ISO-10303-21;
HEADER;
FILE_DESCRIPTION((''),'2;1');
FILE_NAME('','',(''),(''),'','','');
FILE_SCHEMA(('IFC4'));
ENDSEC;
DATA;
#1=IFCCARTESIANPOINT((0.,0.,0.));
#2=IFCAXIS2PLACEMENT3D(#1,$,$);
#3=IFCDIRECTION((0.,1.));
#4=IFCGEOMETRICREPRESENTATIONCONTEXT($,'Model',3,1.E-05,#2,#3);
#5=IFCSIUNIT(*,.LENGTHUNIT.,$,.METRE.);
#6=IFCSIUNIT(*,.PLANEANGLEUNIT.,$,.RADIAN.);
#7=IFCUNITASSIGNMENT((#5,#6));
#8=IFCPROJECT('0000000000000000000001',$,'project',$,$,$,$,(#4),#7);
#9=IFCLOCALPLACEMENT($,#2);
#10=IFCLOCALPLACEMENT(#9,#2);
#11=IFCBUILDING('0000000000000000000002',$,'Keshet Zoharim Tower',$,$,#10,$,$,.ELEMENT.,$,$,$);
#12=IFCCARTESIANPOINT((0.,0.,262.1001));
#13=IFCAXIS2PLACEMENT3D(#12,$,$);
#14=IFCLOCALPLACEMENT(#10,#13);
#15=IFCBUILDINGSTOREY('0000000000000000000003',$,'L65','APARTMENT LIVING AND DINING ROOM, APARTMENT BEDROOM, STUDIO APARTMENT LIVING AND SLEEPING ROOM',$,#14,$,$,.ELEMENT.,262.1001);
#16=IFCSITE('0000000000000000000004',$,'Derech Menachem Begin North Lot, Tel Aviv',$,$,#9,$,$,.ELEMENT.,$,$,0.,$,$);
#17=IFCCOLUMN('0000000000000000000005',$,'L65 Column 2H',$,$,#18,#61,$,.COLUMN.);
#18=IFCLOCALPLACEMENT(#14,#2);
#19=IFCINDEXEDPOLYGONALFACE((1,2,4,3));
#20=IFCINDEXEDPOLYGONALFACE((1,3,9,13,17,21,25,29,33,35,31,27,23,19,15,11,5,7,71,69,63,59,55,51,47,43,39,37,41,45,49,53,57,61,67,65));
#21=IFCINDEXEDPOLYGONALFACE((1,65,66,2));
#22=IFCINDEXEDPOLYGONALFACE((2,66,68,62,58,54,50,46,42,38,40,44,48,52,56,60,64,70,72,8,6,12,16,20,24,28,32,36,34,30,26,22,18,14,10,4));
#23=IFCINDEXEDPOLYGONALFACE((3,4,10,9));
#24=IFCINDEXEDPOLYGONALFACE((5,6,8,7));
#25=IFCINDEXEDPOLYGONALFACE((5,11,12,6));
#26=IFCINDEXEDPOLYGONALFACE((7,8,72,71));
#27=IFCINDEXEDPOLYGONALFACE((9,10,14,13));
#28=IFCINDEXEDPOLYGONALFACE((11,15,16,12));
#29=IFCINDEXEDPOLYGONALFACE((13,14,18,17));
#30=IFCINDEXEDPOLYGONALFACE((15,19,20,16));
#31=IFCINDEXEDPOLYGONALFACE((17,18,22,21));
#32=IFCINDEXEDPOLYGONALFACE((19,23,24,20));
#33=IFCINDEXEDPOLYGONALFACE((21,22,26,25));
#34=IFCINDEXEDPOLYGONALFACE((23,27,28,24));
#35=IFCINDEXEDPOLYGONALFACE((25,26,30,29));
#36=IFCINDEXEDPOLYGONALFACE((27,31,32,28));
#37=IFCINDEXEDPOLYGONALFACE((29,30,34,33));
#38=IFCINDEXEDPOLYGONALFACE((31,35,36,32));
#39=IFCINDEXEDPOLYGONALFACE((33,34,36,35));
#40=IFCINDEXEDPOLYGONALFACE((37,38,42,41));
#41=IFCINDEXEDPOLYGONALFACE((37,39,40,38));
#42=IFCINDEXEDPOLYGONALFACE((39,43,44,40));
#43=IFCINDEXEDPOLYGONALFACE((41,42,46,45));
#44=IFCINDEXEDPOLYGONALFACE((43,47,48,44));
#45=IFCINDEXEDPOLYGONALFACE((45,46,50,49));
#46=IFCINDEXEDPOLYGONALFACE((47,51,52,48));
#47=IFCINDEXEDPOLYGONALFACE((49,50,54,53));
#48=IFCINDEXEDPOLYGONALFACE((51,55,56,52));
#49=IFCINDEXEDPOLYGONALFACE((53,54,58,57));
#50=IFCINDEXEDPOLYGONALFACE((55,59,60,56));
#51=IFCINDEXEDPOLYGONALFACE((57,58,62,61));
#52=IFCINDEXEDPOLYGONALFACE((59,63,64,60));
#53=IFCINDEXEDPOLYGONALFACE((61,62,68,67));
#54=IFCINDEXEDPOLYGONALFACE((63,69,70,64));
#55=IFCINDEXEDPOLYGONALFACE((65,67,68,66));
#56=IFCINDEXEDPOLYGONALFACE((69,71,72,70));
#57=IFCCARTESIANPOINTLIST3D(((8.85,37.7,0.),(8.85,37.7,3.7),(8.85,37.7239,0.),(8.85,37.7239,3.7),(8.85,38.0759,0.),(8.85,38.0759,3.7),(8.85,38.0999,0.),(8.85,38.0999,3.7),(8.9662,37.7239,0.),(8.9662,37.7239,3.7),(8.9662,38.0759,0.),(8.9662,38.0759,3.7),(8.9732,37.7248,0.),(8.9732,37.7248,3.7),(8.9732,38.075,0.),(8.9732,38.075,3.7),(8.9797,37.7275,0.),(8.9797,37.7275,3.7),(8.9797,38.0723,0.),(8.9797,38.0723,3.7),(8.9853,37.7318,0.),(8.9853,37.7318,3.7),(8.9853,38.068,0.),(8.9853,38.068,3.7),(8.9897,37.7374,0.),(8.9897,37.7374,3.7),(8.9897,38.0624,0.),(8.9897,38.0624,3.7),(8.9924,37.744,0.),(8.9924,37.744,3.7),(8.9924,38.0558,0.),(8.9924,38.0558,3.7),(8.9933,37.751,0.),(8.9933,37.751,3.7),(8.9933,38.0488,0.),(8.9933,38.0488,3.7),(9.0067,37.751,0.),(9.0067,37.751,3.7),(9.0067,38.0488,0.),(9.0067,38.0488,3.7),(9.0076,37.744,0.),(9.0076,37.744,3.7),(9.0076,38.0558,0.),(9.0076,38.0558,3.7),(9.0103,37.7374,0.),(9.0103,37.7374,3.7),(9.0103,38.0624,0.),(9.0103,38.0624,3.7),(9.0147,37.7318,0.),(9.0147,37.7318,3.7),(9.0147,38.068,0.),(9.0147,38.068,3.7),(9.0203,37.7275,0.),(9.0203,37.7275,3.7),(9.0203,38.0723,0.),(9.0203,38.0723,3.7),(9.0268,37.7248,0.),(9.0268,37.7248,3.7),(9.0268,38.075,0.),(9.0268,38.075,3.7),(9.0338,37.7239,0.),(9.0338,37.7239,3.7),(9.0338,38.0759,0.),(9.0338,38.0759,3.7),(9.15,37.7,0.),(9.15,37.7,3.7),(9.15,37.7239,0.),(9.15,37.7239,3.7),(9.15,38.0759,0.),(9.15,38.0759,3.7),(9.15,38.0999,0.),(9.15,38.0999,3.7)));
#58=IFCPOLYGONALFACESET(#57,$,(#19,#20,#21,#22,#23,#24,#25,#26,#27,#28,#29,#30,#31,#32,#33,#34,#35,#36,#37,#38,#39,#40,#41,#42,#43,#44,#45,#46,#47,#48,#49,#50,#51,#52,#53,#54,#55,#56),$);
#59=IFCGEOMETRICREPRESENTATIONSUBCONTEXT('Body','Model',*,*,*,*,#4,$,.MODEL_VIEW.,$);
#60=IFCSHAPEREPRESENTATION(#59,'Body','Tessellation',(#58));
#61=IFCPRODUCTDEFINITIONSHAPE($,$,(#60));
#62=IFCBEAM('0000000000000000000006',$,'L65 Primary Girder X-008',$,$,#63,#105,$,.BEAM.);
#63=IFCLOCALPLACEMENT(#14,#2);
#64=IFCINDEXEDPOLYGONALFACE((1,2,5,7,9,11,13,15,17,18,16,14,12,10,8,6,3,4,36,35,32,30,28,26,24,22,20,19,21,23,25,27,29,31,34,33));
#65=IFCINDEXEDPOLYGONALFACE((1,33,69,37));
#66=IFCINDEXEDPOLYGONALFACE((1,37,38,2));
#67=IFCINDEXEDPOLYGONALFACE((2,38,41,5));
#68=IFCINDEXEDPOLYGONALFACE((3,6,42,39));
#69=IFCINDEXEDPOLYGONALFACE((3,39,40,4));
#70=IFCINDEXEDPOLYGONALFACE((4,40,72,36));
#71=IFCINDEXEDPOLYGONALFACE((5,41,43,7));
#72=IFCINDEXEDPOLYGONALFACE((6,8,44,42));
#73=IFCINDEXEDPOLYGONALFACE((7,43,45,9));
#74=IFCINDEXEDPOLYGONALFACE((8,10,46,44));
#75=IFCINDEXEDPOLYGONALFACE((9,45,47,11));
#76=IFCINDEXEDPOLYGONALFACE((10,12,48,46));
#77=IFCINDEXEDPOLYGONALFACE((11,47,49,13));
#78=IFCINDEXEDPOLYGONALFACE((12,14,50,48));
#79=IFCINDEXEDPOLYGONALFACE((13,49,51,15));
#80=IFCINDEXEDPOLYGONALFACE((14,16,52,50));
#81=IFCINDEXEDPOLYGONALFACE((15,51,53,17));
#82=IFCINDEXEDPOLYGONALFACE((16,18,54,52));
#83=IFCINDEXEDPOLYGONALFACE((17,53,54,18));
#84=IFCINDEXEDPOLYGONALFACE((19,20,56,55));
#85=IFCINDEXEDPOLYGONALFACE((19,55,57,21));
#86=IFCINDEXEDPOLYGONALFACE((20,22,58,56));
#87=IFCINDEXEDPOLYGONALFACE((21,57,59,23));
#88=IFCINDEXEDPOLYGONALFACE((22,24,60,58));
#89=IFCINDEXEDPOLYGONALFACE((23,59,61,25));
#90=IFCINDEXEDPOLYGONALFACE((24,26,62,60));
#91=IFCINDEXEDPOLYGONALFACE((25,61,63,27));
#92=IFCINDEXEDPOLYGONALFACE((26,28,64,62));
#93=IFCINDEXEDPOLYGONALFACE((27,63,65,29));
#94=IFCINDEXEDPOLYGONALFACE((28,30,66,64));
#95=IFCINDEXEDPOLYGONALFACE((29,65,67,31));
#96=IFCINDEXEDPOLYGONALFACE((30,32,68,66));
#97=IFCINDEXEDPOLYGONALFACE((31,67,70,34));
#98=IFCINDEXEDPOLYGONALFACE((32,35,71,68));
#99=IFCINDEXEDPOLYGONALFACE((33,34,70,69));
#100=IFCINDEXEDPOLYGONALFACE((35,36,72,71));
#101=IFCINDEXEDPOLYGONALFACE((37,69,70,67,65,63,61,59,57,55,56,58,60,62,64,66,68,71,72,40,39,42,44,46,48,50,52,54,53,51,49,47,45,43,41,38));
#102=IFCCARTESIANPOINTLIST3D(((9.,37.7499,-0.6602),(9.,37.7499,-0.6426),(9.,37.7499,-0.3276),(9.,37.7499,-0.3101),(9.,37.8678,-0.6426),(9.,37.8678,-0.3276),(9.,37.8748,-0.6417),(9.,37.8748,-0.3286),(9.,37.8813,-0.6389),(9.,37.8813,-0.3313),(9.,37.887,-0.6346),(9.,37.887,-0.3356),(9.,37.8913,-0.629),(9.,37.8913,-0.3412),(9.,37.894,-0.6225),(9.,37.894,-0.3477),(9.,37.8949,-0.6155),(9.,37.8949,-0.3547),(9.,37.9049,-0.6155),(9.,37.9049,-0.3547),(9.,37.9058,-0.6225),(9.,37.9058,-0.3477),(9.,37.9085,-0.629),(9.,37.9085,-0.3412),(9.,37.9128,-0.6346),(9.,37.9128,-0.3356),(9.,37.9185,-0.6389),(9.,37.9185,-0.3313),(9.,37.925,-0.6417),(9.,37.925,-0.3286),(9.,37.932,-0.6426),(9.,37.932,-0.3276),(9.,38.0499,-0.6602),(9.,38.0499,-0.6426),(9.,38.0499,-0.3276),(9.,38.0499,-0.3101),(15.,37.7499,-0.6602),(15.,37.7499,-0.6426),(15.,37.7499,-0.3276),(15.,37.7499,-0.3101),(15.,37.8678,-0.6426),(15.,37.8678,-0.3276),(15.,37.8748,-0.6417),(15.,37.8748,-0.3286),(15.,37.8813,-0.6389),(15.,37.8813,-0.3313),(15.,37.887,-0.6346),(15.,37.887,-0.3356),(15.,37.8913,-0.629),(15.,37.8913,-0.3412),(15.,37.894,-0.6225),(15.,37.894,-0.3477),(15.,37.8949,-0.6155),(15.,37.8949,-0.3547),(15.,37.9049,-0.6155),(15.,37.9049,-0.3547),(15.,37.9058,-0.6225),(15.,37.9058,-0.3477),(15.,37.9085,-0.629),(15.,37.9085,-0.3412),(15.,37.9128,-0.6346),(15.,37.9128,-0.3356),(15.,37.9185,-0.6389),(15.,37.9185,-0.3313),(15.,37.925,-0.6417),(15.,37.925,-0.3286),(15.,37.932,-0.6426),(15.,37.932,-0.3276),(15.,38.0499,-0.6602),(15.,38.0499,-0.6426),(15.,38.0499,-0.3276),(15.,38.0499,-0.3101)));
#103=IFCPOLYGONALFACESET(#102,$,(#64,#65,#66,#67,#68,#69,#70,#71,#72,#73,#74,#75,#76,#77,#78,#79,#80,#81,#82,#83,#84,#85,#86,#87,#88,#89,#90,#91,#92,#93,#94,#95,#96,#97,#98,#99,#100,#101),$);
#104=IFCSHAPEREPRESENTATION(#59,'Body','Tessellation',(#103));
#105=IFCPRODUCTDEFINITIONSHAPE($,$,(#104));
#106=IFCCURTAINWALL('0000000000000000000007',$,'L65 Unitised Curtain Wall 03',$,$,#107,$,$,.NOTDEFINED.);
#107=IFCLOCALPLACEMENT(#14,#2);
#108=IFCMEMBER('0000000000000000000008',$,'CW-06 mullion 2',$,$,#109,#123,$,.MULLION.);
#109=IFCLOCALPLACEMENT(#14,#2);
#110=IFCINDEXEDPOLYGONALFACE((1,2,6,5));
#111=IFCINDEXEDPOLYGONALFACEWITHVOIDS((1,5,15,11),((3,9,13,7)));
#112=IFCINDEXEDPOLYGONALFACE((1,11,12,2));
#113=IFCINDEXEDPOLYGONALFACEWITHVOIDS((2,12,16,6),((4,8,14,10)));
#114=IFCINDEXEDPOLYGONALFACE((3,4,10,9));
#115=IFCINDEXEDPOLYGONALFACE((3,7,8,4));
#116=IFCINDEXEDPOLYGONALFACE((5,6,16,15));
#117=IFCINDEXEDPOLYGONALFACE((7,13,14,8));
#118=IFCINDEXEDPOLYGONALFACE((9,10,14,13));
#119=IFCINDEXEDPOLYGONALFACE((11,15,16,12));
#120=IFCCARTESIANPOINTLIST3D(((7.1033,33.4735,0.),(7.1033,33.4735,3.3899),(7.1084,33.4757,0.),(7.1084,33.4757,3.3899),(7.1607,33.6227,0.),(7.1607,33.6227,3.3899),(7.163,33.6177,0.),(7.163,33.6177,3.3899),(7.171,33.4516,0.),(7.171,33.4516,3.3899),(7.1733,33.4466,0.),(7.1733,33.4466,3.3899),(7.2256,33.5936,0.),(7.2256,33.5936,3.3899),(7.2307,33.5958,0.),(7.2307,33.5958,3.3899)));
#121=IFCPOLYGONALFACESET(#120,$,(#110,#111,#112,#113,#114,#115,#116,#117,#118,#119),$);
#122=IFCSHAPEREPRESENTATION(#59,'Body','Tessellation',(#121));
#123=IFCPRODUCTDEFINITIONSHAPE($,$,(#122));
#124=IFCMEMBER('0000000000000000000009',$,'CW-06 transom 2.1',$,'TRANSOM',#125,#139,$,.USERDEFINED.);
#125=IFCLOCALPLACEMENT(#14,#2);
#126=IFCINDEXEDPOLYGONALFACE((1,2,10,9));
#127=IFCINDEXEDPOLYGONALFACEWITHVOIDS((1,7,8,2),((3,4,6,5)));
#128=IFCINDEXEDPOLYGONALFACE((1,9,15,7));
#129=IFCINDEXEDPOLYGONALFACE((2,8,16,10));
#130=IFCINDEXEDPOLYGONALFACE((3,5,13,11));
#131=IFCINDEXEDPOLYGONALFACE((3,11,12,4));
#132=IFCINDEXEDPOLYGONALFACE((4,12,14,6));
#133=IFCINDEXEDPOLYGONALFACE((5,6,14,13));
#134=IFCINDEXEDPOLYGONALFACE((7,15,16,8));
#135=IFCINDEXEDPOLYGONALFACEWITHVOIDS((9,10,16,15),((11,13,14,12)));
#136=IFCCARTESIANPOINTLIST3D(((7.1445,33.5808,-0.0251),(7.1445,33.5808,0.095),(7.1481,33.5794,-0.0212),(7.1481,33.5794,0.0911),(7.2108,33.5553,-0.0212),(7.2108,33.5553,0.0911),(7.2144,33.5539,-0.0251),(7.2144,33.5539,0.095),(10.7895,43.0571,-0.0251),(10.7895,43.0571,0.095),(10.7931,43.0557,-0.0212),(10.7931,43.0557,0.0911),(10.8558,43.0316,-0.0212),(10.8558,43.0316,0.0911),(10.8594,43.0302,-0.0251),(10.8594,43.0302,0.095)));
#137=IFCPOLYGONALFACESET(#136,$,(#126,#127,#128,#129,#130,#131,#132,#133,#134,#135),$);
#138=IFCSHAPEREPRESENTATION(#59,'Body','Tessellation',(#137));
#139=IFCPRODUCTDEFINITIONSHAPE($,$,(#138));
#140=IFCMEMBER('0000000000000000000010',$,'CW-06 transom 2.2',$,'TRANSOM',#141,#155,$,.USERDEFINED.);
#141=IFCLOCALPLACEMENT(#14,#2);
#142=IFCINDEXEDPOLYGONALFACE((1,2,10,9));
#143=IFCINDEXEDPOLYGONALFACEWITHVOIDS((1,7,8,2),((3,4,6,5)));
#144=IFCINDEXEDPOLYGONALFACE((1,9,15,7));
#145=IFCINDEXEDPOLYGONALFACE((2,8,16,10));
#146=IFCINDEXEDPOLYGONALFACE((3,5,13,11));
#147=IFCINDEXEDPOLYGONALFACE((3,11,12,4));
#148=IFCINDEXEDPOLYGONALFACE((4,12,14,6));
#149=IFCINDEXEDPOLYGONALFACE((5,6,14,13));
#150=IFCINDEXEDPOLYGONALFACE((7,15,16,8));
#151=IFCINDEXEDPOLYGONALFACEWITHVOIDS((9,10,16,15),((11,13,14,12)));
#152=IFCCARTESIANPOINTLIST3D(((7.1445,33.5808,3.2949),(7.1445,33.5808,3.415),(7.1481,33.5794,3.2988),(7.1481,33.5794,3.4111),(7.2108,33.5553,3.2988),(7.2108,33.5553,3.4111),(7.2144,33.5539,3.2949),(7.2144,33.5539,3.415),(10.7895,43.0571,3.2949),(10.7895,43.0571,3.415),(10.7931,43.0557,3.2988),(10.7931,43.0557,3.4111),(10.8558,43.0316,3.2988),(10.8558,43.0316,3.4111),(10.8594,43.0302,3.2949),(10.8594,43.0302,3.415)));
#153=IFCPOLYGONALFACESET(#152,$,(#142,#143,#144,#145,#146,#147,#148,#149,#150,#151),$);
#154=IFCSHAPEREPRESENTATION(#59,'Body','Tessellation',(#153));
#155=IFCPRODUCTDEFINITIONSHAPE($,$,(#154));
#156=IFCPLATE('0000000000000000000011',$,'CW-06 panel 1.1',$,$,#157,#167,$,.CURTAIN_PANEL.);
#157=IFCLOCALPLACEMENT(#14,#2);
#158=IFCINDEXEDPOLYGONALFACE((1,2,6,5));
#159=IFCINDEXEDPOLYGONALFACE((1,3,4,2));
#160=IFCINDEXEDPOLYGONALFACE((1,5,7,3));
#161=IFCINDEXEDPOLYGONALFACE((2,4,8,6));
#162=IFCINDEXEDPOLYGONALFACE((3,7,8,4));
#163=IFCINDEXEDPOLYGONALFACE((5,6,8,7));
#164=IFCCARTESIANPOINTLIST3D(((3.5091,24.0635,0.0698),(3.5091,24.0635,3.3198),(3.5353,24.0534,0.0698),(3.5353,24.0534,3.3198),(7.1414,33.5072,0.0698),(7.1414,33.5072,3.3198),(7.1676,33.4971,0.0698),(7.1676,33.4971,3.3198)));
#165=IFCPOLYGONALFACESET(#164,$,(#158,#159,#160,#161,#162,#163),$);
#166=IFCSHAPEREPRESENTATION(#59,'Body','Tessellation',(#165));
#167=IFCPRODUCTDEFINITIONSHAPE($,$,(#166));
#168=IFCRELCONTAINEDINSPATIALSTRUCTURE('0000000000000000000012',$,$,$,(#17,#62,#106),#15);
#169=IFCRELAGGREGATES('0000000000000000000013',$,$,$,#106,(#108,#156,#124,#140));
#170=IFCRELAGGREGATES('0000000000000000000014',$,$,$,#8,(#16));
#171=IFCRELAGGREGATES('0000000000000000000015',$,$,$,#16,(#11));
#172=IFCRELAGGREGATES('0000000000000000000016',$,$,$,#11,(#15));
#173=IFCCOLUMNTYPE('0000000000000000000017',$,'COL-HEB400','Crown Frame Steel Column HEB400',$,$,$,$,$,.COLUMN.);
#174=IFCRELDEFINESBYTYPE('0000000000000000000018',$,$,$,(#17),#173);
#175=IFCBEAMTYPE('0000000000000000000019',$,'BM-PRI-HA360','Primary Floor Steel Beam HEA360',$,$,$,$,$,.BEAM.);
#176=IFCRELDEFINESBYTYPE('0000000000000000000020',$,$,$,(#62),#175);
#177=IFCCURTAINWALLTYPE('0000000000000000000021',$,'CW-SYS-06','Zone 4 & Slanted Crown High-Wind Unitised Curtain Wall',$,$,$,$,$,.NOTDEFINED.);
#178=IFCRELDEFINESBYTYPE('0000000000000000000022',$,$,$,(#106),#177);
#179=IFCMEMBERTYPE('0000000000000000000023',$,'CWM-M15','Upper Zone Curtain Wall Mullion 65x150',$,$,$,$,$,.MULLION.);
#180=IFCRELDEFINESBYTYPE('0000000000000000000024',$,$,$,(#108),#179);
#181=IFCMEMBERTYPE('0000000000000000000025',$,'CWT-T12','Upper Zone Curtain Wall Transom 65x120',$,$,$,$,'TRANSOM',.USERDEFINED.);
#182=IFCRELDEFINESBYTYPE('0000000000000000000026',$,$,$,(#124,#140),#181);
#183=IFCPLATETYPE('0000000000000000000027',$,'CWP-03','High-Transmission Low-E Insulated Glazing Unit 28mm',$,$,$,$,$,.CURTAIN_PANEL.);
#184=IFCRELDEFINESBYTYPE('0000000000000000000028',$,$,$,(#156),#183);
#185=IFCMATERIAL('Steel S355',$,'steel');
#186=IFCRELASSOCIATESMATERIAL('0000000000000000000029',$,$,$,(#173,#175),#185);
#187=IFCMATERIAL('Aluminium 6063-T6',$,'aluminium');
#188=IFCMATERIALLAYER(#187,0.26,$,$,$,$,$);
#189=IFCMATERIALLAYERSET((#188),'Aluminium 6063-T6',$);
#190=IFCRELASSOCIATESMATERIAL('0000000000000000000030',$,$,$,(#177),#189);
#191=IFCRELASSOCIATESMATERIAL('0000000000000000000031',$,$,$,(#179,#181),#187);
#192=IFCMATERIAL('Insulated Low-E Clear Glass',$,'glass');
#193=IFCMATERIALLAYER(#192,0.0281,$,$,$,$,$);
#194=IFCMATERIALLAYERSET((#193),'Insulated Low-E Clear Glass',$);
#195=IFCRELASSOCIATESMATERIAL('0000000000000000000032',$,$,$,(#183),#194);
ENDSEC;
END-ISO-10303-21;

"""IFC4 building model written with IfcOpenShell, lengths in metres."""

from ifc_helpers import new_model, si_unit, direction, frame, origin, origin_2d, place, context, subcontext, project, spatial, rectangle, hollow_rectangle, i_section, extrude, material, layer, layer_set, material_profile, profile_set, type_object, element, aggregate, save


model = new_model("IFC4")

# Units and contexts
model_context = context("Model", 3, precision=1e-05, world=origin(), true_north=direction((0.0, 1.0)))
body_context = subcontext(model_context, "Body", "Model", "MODEL_VIEW")
ifc_project = project(units=[si_unit("LENGTHUNIT", "METRE"), si_unit("PLANEANGLEUNIT", "RADIAN")], contexts=[model_context])

# Site, building, storey
site_placement = place(None, origin())
site = spatial("IfcSite", under=ifc_project, at=site_placement, Name="Derech Menachem Begin North Lot, Tel Aviv", CompositionType="ELEMENT", RefElevation=0.0)
building_placement = place(site_placement, origin())
building = spatial("IfcBuilding", under=site, at=building_placement, Name="Keshet Zoharim Tower", CompositionType="ELEMENT")
storey_placement = place(building_placement, frame((0.0, 0.0, 262.1001)))
storey = spatial("IfcBuildingStorey", under=building, at=storey_placement, Name="L65", Description="APARTMENT LIVING AND DINING ROOM, APARTMENT BEDROOM, STUDIO APARTMENT LIVING AND SLEEPING ROOM", CompositionType="ELEMENT", Elevation=262.1001)

# Column
ifc_material_1 = material(Name="Steel S355", Category="steel")
ifc_material_profile_1 = material_profile(ifc_material_1, i_section(OverallWidth=0.3, OverallDepth=0.3999, WebThickness=0.0134, FlangeThickness=0.0239, FilletRadius=0.0271, at=origin_2d()), Name="HEB400")
ifc_profile_set_1 = profile_set([ifc_material_profile_1], Name="Steel S355")
column_type = type_object("IfcColumnType", Name="COL-HEB400", Description="Crown Frame Steel Column HEB400", PredefinedType="COLUMN", material=ifc_profile_set_1)
column_placement = place(storey_placement, frame((9.0, 37.8999, 0.0), z_axis=(0.0, 0.0, 1.0), x_axis=(1.0, 0.0, 0.0)))
element("IfcColumn", 1, at=column_placement, inside=storey, type_object=column_type, Name="L65 Column 2H", PredefinedType="COLUMN", context=body_context, shape_type="SweptSolid", body=[
    extrude(i_section(OverallWidth=0.3, OverallDepth=0.3999, WebThickness=0.0134, FlangeThickness=0.0239, FilletRadius=0.0271, at=origin_2d()), origin(), (0.0, 0.0, 1.0), 3.7),
])

# Beam
ifc_material_profile_2 = material_profile(ifc_material_1, i_section(OverallWidth=0.3, OverallDepth=0.3501, WebThickness=0.01, FlangeThickness=0.0176, FilletRadius=0.0271, at=origin_2d()), Name="HEA360")
ifc_profile_set_2 = profile_set([ifc_material_profile_2], Name="Steel S355")
beam_type = type_object("IfcBeamType", Name="BM-PRI-HA360", Description="Primary Floor Steel Beam HEA360", PredefinedType="BEAM", material=ifc_profile_set_2)
beam_placement = place(storey_placement, frame((9.0, 37.8999, -0.4851), z_axis=(1.0, 0.0, 0.0), x_axis=(0.0, 1.0, 0.0)))
element("IfcBeam", 2, at=beam_placement, inside=storey, type_object=beam_type, Name="L65 Primary Girder X-008", PredefinedType="BEAM", context=body_context, shape_type="SweptSolid", body=[
    extrude(i_section(OverallWidth=0.3, OverallDepth=0.3501, WebThickness=0.01, FlangeThickness=0.0176, FilletRadius=0.0271, at=origin_2d()), origin(), (0.0, 0.0, 1.0), 6.0),
])

# Curtain wall, members, plate
ifc_material_2 = material(Name="Aluminium 6063-T6", Category="aluminium")
ifc_layer_1 = layer(ifc_material_2, 0.26)
ifc_layer_set_1 = layer_set([ifc_layer_1], Name="Aluminium 6063-T6")
curtain_wall_type = type_object("IfcCurtainWallType", Name="CW-SYS-06", Description="Zone 4 & Slanted Crown High-Wind Unitised Curtain Wall", PredefinedType="NOTDEFINED", material=ifc_layer_set_1)
curtain_wall_placement = place(storey_placement, origin())
curtain_wall = element("IfcCurtainWall", 3, at=curtain_wall_placement, inside=storey, type_object=curtain_wall_type, Name="L65 Unitised Curtain Wall 03", PredefinedType="NOTDEFINED")
ifc_material_profile_3 = material_profile(ifc_material_2, hollow_rectangle(XDim=0.075, YDim=0.1599, WallThickness=0.0039, at=origin_2d()), Name="MUL-75x160")
ifc_profile_set_3 = profile_set([ifc_material_profile_3], Name="Aluminium 6063-T6")
member_type_1 = type_object("IfcMemberType", Name="CWM-M15", Description="Upper Zone Curtain Wall Mullion 65x150", PredefinedType="MULLION", material=ifc_profile_set_3)
member_1_placement = place(storey_placement, frame((7.167, 33.5347, 0.0), z_axis=(0.0, 0.0, 1.0), x_axis=(-0.933341, 0.35899, 0.0)))
member_1 = element("IfcMember", 4, at=member_1_placement, type_object=member_type_1, Name="CW-06 mullion 2", PredefinedType="MULLION", context=body_context, shape_type="SweptSolid", body=[
    extrude(hollow_rectangle(XDim=0.075, YDim=0.1599, WallThickness=0.0039, at=origin_2d()), origin(), (0.0, 0.0, 1.0), 3.3899),
])
ifc_material_profile_4 = material_profile(ifc_material_2, hollow_rectangle(XDim=0.075, YDim=0.1201, WallThickness=0.0039, at=origin_2d()), Name="TRN-75x120")
ifc_profile_set_4 = profile_set([ifc_material_profile_4], Name="Aluminium 6063-T6")
member_type_2 = type_object("IfcMemberType", Name="CWT-T12", Description="Upper Zone Curtain Wall Transom 65x120", ElementType="TRANSOM", PredefinedType="USERDEFINED", material=ifc_profile_set_4)
member_2_placement = place(storey_placement, frame((7.1794, 33.5674, 0.0349), z_axis=(0.359003, 0.933336, 0.0), x_axis=(-0.933336, 0.359003, 0.0)))
member_2 = element("IfcMember", 5, at=member_2_placement, type_object=member_type_2, Name="CW-06 transom 2.1", ObjectType="TRANSOM", PredefinedType="USERDEFINED", context=body_context, shape_type="SweptSolid", body=[
    extrude(hollow_rectangle(XDim=0.075, YDim=0.1201, WallThickness=0.0039, at=origin_2d()), origin(), (0.0, 0.0, 1.0), 10.1531),
])
member_3_placement = place(storey_placement, frame((7.1794, 33.5674, 3.355), z_axis=(0.359003, 0.933336, 0.0), x_axis=(-0.933336, 0.359003, 0.0)))
member_3 = element("IfcMember", 6, at=member_3_placement, type_object=member_type_2, Name="CW-06 transom 2.2", ObjectType="TRANSOM", PredefinedType="USERDEFINED", context=body_context, shape_type="SweptSolid", body=[
    extrude(hollow_rectangle(XDim=0.075, YDim=0.1201, WallThickness=0.0039, at=origin_2d()), origin(), (0.0, 0.0, 1.0), 10.1531),
])
ifc_material_3 = material(Name="Insulated Low-E Clear Glass", Category="glass")
ifc_layer_2 = layer(ifc_material_3, 0.0281)
ifc_layer_set_2 = layer_set([ifc_layer_2], Name="Insulated Low-E Clear Glass")
plate_type = type_object("IfcPlateType", Name="CWP-03", Description="High-Transmission Low-E Insulated Glazing Unit 28mm", PredefinedType="CURTAIN_PANEL", material=ifc_layer_set_2)
plate_placement = place(storey_placement, frame((5.3384, 28.7803, 0.0698), z_axis=(0.0, 0.0, 1.0), x_axis=(0.35899, 0.933341, 0.0)))
plate = element("IfcPlate", 7, at=plate_placement, type_object=plate_type, Name="CW-06 panel 1.1", PredefinedType="CURTAIN_PANEL", context=body_context, shape_type="SweptSolid", body=[
    extrude(rectangle(XDim=10.1182, YDim=0.0281, at=origin_2d()), origin(), (0.0, 0.0, 1.0), 3.25),
])
aggregate(curtain_wall, [member_1, plate, member_2, member_3])

save(model, "model.ifc")
